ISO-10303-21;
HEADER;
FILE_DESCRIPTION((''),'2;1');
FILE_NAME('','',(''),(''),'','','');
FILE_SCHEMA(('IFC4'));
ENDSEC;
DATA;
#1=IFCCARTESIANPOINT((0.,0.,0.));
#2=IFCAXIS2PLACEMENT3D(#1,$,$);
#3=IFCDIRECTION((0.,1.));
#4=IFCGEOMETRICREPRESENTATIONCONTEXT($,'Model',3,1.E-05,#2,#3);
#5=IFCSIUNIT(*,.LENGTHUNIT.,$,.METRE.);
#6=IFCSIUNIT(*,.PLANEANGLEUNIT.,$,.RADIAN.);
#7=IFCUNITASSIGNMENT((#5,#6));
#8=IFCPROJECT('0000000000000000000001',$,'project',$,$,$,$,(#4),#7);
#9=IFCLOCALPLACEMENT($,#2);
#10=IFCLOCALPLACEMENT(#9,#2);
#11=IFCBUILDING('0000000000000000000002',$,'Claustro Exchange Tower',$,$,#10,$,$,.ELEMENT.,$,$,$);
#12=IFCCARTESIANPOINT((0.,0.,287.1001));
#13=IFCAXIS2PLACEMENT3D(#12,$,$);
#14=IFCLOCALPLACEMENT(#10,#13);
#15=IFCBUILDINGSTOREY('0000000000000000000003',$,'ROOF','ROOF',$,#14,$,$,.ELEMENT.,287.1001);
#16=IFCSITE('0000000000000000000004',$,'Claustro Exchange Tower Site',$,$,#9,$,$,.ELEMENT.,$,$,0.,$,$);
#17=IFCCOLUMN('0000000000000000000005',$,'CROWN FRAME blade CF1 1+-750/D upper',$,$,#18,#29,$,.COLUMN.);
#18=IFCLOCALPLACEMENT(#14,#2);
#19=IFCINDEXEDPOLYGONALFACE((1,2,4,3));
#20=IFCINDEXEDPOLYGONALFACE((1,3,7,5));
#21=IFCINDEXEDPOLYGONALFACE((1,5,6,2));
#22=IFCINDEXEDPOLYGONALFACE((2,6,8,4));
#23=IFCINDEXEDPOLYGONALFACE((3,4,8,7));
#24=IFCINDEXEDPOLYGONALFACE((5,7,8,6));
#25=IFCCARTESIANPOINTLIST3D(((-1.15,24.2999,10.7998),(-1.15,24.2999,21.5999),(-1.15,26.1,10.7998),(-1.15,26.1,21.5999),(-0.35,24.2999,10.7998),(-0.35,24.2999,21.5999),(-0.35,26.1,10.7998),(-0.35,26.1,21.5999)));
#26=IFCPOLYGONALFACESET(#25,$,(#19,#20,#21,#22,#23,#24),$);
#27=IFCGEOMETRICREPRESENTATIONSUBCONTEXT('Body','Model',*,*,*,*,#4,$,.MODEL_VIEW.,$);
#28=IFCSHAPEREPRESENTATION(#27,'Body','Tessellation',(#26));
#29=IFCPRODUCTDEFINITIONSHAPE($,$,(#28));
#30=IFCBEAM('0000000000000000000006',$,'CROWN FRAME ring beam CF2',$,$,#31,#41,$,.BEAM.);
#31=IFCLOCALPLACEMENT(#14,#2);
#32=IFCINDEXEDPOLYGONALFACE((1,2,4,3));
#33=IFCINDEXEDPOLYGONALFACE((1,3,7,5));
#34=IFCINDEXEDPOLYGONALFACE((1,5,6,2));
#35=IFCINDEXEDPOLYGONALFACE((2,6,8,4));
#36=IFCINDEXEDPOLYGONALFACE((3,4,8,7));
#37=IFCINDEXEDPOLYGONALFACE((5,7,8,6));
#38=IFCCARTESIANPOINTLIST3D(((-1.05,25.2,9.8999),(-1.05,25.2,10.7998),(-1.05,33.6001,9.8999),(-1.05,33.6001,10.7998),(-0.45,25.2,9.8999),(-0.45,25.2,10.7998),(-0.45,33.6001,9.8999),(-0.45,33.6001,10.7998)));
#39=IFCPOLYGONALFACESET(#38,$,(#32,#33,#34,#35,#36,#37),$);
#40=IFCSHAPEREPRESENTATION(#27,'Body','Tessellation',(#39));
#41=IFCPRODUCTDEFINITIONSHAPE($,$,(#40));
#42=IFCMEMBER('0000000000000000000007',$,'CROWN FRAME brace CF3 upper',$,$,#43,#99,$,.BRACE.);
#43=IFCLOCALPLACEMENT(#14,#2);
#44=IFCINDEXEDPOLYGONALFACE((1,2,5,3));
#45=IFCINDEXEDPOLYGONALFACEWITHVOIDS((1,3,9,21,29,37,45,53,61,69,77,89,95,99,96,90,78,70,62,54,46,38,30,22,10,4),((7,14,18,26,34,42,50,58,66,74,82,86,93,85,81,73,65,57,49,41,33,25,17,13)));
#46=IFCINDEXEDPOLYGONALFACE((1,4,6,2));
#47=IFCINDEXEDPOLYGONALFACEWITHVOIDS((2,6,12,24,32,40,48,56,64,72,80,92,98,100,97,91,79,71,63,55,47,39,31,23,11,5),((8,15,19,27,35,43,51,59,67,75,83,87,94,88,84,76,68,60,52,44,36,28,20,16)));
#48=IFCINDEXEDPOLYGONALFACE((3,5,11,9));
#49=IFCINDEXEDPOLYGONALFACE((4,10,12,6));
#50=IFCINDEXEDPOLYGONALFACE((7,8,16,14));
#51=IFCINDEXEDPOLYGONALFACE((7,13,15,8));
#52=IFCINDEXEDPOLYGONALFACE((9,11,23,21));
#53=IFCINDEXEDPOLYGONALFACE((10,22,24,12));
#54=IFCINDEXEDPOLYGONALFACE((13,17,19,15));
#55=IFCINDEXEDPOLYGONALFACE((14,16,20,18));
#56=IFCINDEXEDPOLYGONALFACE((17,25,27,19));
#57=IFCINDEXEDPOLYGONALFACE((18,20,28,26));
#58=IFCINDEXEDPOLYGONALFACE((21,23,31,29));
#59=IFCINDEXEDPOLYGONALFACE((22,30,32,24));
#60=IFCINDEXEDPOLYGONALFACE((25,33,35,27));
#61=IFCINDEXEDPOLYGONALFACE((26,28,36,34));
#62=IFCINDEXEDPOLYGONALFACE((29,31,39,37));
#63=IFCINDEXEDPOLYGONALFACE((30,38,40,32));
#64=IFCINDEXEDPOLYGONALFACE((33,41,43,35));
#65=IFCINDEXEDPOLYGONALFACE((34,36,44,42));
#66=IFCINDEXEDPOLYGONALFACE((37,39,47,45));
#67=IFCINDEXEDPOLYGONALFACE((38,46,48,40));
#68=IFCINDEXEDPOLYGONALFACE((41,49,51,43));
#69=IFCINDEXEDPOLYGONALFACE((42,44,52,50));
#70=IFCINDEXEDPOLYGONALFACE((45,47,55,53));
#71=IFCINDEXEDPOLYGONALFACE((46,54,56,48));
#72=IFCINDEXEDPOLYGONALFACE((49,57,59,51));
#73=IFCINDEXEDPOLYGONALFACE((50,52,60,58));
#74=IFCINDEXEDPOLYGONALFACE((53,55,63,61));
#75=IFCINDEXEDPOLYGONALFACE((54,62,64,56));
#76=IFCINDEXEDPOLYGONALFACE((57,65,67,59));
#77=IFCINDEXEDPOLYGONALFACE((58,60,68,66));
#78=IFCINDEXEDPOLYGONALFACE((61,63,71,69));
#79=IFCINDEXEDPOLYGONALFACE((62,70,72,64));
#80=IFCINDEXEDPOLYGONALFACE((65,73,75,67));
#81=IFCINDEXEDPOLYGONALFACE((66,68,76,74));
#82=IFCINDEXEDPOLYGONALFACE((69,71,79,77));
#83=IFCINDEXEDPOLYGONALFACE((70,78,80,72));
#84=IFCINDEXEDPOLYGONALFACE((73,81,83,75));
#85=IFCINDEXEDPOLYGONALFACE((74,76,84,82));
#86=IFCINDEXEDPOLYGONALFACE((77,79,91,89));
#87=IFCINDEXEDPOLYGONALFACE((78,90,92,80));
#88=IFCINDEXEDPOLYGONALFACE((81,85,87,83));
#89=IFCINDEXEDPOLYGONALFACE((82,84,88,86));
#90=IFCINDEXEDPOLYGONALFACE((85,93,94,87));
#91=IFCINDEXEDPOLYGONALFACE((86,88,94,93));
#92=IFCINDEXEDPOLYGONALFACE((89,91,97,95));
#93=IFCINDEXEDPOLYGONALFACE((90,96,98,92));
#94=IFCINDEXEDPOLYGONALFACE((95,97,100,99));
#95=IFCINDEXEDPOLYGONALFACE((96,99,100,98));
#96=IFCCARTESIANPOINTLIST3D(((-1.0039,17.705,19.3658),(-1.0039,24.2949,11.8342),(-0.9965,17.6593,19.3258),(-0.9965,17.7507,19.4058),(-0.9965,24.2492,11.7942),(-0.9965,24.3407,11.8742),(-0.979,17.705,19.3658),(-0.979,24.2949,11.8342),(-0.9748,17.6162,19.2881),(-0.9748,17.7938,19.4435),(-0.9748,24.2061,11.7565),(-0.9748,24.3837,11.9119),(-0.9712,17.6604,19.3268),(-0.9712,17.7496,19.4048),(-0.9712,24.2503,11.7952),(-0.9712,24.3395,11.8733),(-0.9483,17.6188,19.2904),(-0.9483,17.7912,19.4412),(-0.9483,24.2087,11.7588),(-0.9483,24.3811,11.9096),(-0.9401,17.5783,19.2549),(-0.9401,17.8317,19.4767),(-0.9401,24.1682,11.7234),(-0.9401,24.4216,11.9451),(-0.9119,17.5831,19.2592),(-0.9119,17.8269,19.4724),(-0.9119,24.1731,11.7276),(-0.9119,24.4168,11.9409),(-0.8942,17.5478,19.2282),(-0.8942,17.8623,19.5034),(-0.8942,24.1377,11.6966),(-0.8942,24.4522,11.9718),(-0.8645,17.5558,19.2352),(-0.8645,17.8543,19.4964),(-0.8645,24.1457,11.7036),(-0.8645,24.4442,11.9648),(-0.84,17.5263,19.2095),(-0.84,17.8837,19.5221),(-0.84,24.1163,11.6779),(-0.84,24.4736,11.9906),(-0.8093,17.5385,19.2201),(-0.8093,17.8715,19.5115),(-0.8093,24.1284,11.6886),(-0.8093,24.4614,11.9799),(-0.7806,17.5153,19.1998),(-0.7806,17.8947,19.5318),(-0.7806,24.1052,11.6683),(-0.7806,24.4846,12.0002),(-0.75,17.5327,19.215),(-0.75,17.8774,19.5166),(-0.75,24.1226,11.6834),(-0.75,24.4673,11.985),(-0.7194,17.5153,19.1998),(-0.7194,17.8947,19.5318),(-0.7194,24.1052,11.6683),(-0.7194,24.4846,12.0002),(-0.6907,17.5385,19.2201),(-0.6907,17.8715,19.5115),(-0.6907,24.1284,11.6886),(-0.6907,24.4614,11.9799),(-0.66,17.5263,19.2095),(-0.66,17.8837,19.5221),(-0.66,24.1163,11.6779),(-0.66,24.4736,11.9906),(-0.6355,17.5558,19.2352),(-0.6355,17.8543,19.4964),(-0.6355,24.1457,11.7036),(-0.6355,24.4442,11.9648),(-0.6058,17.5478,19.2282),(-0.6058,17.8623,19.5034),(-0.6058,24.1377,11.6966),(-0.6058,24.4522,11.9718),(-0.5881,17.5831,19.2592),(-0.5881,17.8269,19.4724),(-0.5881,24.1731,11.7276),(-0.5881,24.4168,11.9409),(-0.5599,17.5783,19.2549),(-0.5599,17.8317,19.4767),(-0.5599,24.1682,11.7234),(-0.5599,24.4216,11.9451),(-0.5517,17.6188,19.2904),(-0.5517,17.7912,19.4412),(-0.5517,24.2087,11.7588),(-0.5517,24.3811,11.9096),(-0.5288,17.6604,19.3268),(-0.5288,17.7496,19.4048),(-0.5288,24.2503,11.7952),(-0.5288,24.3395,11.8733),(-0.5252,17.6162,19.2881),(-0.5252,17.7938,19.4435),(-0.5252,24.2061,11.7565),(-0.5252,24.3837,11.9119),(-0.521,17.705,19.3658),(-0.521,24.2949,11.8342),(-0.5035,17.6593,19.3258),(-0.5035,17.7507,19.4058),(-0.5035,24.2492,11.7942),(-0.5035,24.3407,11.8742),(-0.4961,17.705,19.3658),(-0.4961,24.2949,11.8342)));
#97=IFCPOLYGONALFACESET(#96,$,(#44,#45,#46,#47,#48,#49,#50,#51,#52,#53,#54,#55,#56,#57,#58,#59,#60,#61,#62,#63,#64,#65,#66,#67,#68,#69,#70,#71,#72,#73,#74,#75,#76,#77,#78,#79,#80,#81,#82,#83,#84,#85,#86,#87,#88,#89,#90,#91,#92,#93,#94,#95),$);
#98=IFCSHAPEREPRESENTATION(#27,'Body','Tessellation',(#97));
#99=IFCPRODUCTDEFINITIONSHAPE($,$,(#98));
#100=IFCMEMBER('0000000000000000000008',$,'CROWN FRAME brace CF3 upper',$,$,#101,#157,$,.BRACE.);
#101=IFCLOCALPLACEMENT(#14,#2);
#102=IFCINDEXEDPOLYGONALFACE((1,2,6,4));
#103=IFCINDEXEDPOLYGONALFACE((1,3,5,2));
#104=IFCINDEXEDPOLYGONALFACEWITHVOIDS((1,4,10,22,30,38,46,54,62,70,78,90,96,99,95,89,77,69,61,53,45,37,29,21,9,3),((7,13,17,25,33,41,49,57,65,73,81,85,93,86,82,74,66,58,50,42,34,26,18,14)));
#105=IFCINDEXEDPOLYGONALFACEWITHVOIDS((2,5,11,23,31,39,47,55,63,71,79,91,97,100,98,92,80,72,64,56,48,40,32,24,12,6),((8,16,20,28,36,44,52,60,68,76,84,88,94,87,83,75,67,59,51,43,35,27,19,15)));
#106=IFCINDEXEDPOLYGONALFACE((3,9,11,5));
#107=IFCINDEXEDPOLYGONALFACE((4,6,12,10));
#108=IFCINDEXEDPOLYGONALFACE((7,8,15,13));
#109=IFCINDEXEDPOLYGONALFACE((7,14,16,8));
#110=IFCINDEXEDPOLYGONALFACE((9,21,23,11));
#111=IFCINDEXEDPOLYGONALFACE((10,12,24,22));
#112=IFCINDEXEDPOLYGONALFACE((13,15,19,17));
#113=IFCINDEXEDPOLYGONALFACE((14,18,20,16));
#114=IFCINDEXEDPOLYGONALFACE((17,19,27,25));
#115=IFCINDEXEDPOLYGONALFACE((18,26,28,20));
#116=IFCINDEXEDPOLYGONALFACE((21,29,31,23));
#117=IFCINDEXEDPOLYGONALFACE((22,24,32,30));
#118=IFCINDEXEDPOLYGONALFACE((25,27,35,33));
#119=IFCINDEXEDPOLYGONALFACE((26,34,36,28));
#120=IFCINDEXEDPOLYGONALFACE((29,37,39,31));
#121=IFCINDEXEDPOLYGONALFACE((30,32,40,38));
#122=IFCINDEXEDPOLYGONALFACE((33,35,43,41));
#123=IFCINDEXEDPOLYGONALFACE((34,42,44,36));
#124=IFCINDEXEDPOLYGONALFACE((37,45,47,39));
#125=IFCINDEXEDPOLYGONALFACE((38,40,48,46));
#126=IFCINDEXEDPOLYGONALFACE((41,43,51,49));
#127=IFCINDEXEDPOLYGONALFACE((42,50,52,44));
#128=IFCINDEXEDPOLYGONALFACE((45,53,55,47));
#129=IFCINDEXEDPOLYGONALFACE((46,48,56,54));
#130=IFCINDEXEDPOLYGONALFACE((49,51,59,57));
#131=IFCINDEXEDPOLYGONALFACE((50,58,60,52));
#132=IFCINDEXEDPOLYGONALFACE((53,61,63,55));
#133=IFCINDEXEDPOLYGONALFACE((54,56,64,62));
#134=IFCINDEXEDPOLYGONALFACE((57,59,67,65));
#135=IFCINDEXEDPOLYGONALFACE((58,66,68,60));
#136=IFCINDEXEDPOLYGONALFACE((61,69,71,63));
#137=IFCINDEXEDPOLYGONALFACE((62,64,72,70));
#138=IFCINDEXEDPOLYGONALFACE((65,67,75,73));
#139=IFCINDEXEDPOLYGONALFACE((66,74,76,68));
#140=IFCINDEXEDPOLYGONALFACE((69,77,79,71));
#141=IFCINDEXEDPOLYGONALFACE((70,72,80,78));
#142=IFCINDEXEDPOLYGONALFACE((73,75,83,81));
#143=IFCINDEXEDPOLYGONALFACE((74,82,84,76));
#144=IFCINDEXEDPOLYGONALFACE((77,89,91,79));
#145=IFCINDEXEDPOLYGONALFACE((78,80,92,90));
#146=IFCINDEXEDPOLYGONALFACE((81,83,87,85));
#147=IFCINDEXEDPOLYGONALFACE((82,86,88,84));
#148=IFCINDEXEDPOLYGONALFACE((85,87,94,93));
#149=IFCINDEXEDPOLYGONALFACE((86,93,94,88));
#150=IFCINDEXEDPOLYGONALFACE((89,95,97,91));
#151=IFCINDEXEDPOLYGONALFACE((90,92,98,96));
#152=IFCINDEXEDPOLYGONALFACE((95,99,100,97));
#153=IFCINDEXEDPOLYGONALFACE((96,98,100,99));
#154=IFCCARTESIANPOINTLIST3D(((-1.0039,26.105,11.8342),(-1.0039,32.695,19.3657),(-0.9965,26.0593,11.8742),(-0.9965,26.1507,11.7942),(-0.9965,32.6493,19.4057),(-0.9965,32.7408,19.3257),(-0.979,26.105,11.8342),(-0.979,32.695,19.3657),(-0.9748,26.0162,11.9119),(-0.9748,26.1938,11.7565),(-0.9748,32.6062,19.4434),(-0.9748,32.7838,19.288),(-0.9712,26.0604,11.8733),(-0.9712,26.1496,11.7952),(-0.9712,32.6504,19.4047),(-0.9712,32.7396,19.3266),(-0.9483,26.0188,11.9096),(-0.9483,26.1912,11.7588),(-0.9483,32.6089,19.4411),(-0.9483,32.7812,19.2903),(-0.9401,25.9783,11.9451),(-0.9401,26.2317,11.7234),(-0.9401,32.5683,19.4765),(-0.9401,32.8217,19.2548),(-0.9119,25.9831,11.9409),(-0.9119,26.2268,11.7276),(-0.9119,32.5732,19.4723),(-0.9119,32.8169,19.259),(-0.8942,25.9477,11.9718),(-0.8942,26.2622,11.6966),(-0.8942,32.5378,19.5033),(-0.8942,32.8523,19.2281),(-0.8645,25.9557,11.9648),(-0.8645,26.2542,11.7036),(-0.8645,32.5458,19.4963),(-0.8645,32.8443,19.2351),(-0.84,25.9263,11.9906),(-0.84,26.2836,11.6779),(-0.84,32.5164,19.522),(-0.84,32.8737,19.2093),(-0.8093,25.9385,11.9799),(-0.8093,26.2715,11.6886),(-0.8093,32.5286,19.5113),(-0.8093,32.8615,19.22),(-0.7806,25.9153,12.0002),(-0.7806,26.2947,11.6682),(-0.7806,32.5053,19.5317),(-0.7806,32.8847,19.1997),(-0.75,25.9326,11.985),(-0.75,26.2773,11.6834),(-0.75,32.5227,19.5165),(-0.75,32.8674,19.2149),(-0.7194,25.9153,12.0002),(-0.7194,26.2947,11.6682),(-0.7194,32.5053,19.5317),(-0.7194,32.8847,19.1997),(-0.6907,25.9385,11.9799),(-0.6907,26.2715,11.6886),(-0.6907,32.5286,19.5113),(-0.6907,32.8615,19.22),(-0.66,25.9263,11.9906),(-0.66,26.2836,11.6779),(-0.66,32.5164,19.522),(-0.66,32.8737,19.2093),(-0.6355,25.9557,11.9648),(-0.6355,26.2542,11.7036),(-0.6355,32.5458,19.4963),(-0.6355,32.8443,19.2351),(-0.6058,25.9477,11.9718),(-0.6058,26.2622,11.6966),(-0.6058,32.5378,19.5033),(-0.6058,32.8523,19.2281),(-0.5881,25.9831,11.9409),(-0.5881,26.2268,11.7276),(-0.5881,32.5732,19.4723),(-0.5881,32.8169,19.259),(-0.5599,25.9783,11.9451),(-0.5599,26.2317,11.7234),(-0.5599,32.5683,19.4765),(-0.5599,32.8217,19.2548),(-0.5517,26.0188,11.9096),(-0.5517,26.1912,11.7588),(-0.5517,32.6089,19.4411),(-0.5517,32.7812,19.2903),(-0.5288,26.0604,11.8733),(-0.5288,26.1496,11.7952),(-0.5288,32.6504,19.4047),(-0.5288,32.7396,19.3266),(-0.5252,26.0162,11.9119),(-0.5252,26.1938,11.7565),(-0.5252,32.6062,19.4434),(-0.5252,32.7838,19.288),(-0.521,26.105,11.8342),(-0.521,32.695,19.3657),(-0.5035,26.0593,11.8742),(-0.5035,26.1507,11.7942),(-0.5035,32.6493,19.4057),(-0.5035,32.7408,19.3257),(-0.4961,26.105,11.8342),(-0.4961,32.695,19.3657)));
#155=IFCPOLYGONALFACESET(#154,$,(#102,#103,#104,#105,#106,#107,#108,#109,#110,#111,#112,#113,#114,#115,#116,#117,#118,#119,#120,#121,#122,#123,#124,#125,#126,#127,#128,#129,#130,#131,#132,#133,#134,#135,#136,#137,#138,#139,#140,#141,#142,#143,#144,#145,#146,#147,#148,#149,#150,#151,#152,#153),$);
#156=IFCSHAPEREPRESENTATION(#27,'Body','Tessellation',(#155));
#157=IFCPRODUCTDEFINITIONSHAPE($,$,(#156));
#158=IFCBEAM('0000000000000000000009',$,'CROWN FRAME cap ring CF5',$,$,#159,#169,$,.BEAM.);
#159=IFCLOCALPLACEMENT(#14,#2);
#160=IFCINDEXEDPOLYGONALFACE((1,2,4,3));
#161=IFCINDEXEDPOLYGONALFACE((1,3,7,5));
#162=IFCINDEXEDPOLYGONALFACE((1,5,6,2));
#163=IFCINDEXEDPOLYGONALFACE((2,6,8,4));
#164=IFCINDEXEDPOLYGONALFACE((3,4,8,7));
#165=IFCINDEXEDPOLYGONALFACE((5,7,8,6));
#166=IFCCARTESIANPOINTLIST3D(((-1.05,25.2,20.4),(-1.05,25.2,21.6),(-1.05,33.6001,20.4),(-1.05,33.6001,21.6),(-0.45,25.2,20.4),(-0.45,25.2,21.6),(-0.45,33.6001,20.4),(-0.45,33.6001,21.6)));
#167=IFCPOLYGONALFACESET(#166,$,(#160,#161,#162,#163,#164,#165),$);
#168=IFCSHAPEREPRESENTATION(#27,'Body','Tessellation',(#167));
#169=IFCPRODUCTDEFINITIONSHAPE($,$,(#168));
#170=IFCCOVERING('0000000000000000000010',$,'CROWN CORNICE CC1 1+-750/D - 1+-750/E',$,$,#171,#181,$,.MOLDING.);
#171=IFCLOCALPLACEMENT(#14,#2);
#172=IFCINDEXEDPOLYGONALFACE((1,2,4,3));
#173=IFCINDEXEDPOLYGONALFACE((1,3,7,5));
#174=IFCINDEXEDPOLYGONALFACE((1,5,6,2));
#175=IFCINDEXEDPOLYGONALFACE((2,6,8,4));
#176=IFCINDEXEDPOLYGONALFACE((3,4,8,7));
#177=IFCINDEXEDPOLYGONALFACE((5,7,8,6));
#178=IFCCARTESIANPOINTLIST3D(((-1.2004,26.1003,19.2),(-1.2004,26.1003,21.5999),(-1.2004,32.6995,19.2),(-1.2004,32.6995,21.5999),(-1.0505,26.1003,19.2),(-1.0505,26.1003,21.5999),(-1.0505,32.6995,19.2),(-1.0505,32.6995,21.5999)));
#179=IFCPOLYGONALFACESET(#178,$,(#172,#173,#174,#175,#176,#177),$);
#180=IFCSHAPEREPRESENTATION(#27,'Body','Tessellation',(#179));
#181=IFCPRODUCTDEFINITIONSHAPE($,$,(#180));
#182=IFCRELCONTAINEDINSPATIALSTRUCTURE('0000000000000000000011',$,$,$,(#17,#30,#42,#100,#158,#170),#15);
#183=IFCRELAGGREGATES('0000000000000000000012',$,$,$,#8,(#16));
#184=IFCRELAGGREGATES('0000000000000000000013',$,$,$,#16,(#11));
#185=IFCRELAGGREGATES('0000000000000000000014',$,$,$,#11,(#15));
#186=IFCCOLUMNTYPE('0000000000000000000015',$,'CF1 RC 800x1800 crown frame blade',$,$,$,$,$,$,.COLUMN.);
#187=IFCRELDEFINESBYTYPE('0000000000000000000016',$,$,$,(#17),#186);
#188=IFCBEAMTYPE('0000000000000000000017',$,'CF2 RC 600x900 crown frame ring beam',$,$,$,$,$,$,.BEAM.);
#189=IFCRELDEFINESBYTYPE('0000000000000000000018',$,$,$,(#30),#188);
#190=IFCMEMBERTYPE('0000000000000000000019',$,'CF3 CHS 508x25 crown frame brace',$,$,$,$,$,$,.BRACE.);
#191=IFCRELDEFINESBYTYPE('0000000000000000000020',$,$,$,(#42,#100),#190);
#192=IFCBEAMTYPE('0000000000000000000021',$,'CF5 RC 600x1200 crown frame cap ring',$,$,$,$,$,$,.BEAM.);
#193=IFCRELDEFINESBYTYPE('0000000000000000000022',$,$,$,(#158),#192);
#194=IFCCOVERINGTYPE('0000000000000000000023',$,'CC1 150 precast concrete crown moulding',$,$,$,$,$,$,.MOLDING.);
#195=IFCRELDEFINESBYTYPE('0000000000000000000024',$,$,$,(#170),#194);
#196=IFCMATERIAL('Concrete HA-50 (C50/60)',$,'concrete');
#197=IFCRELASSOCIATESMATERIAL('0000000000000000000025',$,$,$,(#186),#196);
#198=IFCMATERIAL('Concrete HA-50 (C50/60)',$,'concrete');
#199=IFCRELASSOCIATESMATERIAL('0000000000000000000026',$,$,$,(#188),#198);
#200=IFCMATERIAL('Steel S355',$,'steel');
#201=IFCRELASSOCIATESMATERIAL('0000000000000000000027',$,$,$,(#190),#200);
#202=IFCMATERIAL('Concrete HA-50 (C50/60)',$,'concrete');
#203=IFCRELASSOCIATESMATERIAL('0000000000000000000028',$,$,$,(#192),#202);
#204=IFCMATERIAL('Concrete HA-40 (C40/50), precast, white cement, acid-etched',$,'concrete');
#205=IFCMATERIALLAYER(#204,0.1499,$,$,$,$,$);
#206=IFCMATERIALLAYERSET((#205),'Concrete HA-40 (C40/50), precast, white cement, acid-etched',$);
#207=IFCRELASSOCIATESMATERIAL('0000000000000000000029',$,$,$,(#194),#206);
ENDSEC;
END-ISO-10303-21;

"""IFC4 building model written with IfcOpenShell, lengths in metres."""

from ifc_helpers import new_model, si_unit, direction, frame, origin, origin_2d, place, context, subcontext, project, spatial, rectangle, hollow_circle, extrude, material, layer, layer_set, material_profile, profile_set, type_object, element, save


model = new_model("IFC4")

# Units and contexts
model_context = context("Model", 3, precision=1e-05, world=origin(), true_north=direction((0.0, 1.0)))
body_context = subcontext(model_context, "Body", "Model", "MODEL_VIEW")
ifc_project = project(units=[si_unit("LENGTHUNIT", "METRE"), si_unit("PLANEANGLEUNIT", "RADIAN")], contexts=[model_context])

# Site, building, storey
site_placement = place(None, origin())
site = spatial("IfcSite", under=ifc_project, at=site_placement, Name="Claustro Exchange Tower Site", CompositionType="ELEMENT", RefElevation=0.0)
building_placement = place(site_placement, origin())
building = spatial("IfcBuilding", under=site, at=building_placement, Name="Claustro Exchange Tower", CompositionType="ELEMENT")
storey_placement = place(building_placement, frame((0.0, 0.0, 287.1001)))
storey = spatial("IfcBuildingStorey", under=building, at=storey_placement, Name="ROOF", Description="ROOF", CompositionType="ELEMENT", Elevation=287.1001)

# Column
ifc_material_1 = material(Name="Concrete HA-50 (C50/60)", Category="concrete")
ifc_material_profile_1 = material_profile(ifc_material_1, rectangle(XDim=0.8, YDim=1.8, at=origin_2d()), Name="RC 800x1800")
ifc_profile_set_1 = profile_set([ifc_material_profile_1], Name="Concrete HA-50 (C50/60)")
column_type = type_object("IfcColumnType", Name="CF1 RC 800x1800 crown frame blade", PredefinedType="COLUMN", material=ifc_profile_set_1)
column_placement = place(storey_placement, frame((-0.75, 25.2, 10.7998), z_axis=(0.0, 0.0, 1.0), x_axis=(1.0, 0.0, 0.0)))
element("IfcColumn", 1, at=column_placement, inside=storey, type_object=column_type, Name="CROWN FRAME blade CF1 1+-750/D upper", PredefinedType="COLUMN", context=body_context, shape_type="SweptSolid", body=[
    extrude(rectangle(XDim=0.8, YDim=1.8, at=origin_2d()), origin(), (0.0, 0.0, 1.0), 10.8),
])

# Beam
ifc_material_2 = material(Name="Concrete HA-50 (C50/60)", Category="concrete")
ifc_material_profile_2 = material_profile(ifc_material_2, rectangle(XDim=0.6001, YDim=0.8999, at=origin_2d()), Name="RC 600x900")
ifc_profile_set_2 = profile_set([ifc_material_profile_2], Name="Concrete HA-50 (C50/60)")
beam_type_1 = type_object("IfcBeamType", Name="CF2 RC 600x900 crown frame ring beam", PredefinedType="BEAM", material=ifc_profile_set_2)
beam_1_placement = place(storey_placement, frame((-0.75, 25.2, 10.3499), z_axis=(0.0, 1.0, 0.0), x_axis=(-1.0, 0.0, 0.0)))
element("IfcBeam", 2, at=beam_1_placement, inside=storey, type_object=beam_type_1, Name="CROWN FRAME ring beam CF2", PredefinedType="BEAM", context=body_context, shape_type="SweptSolid", body=[
    extrude(rectangle(XDim=0.6001, YDim=0.8999, at=origin_2d()), origin(), (0.0, 0.0, 1.0), 8.4001),
])

# Members
ifc_material_3 = material(Name="Steel S355", Category="steel")
ifc_material_profile_3 = material_profile(ifc_material_3, hollow_circle(Radius=0.2539, WallThickness=0.0249, at=origin_2d()), Name="CHS 508x25")
ifc_profile_set_3 = profile_set([ifc_material_profile_3], Name="Steel S355")
member_type = type_object("IfcMemberType", Name="CF3 CHS 508x25 crown frame brace", PredefinedType="BRACE", material=ifc_profile_set_3)
for number, where, z_axis, x_axis, name in (
    (3, (-0.75, 24.2949, 11.8342), (0.0, -0.658493, 0.752587), (1.0, 0.0, 0.0), "CROWN FRAME brace CF3 upper"),
    (4, (-0.75, 26.105, 11.8342), (0.0, 0.658506, 0.752575), (-1.0, 0.0, 0.0), "CROWN FRAME brace CF3 upper"),
):
    element("IfcMember", number, at=place(storey_placement, frame(where, z_axis=z_axis, x_axis=x_axis)), inside=storey, type_object=member_type, Name=name, PredefinedType="BRACE", context=body_context, shape_type="SweptSolid", body=[
        extrude(hollow_circle(Radius=0.2539, WallThickness=0.0249, at=origin_2d()), origin(), (0.0, 0.0, 1.0), 10.0076),
    ])

# Beam
ifc_material_4 = material(Name="Concrete HA-50 (C50/60)", Category="concrete")
ifc_material_profile_4 = material_profile(ifc_material_4, rectangle(XDim=0.6001, YDim=1.2, at=origin_2d()), Name="RC 600x1200")
ifc_profile_set_4 = profile_set([ifc_material_profile_4], Name="Concrete HA-50 (C50/60)")
beam_type_2 = type_object("IfcBeamType", Name="CF5 RC 600x1200 crown frame cap ring", PredefinedType="BEAM", material=ifc_profile_set_4)
beam_2_placement = place(storey_placement, frame((-0.75, 25.2, 21.0), z_axis=(0.0, 1.0, 0.0), x_axis=(-1.0, 0.0, 0.0)))
element("IfcBeam", 5, at=beam_2_placement, inside=storey, type_object=beam_type_2, Name="CROWN FRAME cap ring CF5", PredefinedType="BEAM", context=body_context, shape_type="SweptSolid", body=[
    extrude(rectangle(XDim=0.6001, YDim=1.2, at=origin_2d()), origin(), (0.0, 0.0, 1.0), 8.4001),
])

# Covering
ifc_material_5 = material(Name="Concrete HA-40 (C40/50), precast, white cement, acid-etched", Category="concrete")
ifc_layer_1 = layer(ifc_material_5, 0.1499)
ifc_layer_set_1 = layer_set([ifc_layer_1], Name="Concrete HA-40 (C40/50), precast, white cement, acid-etched")
covering_type = type_object("IfcCoveringType", Name="CC1 150 precast concrete crown moulding", PredefinedType="MOLDING", material=ifc_layer_set_1)
covering_placement = place(storey_placement, frame((-1.1255, 29.3999, 19.2), z_axis=(0.0, 0.0, 1.0), x_axis=(0.0, 1.0, 0.0)))
element("IfcCovering", 6, at=covering_placement, inside=storey, type_object=covering_type, Name="CROWN CORNICE CC1 1+-750/D - 1+-750/E", PredefinedType="MOLDING", context=body_context, shape_type="SweptSolid", body=[
    extrude(rectangle(XDim=6.5991, YDim=0.1499, at=origin_2d()), origin(), (0.0, 0.0, 1.0), 2.3999),
])

save(model, "model.ifc")
